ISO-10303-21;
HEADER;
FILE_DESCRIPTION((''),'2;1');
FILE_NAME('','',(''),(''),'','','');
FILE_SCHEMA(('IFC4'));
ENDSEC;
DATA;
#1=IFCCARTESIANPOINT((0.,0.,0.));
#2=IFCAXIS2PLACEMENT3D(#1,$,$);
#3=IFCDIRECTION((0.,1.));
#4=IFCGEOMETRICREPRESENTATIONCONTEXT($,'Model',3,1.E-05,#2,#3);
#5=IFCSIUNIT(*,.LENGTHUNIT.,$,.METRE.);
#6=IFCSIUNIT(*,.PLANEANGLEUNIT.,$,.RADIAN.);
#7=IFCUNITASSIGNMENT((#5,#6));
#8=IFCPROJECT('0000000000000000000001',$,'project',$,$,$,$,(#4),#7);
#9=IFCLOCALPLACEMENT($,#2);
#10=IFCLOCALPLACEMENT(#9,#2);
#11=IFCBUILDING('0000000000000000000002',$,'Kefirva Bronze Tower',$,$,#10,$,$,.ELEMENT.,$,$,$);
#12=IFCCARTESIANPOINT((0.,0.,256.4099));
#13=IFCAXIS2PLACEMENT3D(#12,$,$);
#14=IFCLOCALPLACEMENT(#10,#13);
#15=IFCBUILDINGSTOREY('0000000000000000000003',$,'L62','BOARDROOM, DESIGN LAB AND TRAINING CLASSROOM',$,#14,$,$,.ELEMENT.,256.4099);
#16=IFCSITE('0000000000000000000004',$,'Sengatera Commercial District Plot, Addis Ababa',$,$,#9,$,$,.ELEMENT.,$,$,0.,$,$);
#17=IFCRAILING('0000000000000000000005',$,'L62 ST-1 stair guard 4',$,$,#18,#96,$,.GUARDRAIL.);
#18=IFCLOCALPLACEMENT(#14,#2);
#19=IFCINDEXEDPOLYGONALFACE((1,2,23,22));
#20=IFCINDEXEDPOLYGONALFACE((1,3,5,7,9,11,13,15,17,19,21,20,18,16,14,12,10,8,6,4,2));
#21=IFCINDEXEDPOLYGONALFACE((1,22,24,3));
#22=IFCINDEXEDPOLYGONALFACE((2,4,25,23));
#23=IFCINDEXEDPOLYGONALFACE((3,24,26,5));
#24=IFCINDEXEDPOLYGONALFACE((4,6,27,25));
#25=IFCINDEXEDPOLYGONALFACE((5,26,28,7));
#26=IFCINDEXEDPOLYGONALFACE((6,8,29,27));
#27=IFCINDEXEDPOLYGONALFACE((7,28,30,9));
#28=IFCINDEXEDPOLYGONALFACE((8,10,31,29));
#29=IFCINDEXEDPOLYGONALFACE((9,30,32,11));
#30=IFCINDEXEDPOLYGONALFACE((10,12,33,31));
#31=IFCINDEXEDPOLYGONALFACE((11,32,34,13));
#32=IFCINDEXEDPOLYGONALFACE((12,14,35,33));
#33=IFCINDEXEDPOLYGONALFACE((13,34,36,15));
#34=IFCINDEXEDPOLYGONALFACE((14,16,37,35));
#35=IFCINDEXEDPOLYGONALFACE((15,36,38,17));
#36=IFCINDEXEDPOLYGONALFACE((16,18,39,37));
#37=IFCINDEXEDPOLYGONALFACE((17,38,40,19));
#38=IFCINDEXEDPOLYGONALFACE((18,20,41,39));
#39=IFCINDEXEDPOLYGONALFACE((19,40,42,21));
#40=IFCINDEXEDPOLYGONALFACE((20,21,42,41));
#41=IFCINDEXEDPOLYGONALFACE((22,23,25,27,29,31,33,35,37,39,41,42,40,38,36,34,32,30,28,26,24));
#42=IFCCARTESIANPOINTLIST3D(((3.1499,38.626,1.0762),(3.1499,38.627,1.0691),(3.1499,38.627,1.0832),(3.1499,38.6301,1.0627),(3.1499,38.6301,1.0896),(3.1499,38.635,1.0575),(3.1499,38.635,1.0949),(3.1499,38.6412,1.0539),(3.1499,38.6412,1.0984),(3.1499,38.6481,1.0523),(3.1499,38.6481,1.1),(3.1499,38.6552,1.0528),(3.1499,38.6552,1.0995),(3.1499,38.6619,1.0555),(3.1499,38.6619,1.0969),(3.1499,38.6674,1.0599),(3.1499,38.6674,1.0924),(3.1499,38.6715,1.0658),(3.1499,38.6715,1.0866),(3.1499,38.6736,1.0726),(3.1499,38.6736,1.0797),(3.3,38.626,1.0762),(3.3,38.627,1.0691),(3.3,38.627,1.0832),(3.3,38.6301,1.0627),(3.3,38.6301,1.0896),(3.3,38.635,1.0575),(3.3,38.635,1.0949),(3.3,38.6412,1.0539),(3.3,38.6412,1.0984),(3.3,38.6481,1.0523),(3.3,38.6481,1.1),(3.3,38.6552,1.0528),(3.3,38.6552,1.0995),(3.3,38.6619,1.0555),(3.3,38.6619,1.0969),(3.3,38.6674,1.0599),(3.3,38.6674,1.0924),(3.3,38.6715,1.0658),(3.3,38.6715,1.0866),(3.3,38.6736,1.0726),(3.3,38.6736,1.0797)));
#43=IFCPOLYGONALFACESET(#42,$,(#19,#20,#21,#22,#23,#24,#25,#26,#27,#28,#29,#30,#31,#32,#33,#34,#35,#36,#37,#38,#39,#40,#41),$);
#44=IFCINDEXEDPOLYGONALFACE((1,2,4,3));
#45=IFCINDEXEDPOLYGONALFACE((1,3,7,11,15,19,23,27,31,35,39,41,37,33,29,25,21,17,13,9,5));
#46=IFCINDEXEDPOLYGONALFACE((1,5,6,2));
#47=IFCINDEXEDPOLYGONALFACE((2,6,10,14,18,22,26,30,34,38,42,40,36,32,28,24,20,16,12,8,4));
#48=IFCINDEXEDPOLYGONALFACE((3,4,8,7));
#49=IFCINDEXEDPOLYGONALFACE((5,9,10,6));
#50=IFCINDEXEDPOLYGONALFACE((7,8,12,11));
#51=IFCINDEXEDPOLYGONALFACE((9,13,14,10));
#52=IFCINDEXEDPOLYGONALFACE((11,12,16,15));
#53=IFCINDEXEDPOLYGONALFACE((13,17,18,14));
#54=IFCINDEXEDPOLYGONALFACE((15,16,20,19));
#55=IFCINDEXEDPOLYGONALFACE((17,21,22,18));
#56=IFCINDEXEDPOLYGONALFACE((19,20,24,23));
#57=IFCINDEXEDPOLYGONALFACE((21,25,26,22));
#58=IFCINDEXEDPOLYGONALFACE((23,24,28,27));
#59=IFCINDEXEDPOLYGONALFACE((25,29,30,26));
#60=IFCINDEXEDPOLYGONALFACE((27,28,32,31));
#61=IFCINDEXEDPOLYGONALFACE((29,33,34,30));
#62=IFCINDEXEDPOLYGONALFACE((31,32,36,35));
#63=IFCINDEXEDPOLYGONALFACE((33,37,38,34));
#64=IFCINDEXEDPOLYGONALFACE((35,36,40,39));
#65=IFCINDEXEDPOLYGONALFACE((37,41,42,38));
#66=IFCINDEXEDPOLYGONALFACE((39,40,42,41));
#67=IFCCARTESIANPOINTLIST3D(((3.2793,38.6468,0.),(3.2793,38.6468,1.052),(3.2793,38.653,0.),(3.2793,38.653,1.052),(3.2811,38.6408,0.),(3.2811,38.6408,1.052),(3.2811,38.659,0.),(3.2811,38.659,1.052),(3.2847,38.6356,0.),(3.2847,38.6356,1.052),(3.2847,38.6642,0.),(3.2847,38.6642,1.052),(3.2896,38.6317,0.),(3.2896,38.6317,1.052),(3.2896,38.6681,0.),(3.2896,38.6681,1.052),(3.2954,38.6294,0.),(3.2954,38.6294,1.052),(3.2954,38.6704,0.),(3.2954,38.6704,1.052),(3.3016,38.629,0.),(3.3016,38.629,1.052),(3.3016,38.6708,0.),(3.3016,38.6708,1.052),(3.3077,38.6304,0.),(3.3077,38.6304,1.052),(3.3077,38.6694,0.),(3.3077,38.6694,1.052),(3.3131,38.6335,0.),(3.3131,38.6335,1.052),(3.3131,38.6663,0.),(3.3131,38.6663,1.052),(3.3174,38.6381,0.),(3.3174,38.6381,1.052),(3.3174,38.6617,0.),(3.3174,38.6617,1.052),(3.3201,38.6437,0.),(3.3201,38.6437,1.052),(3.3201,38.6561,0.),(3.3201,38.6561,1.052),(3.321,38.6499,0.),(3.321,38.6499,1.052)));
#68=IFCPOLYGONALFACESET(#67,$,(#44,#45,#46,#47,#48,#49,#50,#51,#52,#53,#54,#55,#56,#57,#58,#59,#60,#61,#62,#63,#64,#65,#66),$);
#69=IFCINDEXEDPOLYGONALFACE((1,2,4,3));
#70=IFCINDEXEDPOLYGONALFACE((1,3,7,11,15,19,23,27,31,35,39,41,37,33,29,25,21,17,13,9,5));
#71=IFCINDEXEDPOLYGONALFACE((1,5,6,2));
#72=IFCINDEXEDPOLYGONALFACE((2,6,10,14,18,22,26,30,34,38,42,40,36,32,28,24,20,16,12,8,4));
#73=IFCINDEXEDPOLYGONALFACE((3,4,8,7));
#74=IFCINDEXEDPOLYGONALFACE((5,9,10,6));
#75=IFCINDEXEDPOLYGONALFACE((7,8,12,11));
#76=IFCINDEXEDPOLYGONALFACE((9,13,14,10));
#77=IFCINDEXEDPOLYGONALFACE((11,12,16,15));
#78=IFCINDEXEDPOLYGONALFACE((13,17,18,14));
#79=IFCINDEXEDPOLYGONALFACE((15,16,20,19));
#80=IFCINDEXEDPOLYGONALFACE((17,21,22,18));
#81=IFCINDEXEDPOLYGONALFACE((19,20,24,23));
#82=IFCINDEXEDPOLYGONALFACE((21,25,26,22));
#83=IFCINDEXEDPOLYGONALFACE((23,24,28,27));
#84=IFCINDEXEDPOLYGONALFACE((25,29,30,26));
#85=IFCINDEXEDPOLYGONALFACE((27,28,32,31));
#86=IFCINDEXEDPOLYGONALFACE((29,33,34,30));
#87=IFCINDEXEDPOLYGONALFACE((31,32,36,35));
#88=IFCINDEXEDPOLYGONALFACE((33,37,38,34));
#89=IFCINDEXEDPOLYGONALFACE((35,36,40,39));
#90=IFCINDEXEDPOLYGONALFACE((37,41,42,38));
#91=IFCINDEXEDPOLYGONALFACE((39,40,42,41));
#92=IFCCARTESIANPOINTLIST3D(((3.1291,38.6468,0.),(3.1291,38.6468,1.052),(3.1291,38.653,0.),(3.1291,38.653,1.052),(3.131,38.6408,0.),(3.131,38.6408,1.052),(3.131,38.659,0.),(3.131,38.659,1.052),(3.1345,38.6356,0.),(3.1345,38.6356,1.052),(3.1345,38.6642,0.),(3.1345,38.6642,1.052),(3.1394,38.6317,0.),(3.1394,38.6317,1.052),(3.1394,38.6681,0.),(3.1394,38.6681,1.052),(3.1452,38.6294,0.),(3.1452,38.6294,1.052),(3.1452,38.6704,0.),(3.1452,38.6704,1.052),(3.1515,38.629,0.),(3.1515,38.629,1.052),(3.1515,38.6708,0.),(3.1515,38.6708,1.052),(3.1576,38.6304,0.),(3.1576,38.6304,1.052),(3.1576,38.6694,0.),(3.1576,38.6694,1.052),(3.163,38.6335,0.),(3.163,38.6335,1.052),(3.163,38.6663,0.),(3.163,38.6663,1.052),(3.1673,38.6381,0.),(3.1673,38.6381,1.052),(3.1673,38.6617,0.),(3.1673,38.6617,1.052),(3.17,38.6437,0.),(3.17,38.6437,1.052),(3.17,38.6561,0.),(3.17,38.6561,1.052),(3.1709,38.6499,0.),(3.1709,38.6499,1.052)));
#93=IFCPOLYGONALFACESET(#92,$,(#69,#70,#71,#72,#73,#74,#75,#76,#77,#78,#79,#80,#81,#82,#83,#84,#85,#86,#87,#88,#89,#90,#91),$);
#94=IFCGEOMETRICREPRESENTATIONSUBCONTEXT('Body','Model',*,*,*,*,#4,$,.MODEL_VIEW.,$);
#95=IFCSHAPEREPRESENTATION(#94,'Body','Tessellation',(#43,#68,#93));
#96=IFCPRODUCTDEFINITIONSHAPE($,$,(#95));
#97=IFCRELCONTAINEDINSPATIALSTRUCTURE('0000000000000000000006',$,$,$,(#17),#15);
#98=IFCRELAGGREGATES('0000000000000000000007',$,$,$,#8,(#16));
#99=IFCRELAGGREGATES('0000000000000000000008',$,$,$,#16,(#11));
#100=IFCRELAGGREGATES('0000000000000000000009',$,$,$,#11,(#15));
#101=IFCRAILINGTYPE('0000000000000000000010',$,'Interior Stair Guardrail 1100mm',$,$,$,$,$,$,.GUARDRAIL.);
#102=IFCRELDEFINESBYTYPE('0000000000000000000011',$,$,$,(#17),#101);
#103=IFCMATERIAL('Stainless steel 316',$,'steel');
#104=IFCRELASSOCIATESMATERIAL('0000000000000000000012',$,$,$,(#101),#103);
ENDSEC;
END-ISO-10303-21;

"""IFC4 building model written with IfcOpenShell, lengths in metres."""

from ifc_helpers import new_model, si_unit, direction, frame, origin, origin_2d, place, context, subcontext, project, spatial, circle, extrude, material, type_object, element, save


model = new_model("IFC4")

# Units and contexts
model_context = context("Model", 3, precision=1e-05, world=origin(), true_north=direction((0.0, 1.0)))
body_context = subcontext(model_context, "Body", "Model", "MODEL_VIEW")
ifc_project = project(units=[si_unit("LENGTHUNIT", "METRE"), si_unit("PLANEANGLEUNIT", "RADIAN")], contexts=[model_context])

# Site, building, storey
site_placement = place(None, origin())
site = spatial("IfcSite", under=ifc_project, at=site_placement, Name="Sengatera Commercial District Plot, Addis Ababa", CompositionType="ELEMENT", RefElevation=0.0)
building_placement = place(site_placement, origin())
building = spatial("IfcBuilding", under=site, at=building_placement, Name="Kefirva Bronze Tower", CompositionType="ELEMENT")
storey_placement = place(building_placement, frame((0.0, 0.0, 256.4099)))
storey = spatial("IfcBuildingStorey", under=building, at=storey_placement, Name="L62", Description="BOARDROOM, DESIGN LAB AND TRAINING CLASSROOM", CompositionType="ELEMENT", Elevation=256.4099)

# Railing
ifc_material_1 = material(Name="Stainless steel 316", Category="steel")
railing_type_1 = type_object("IfcRailingType", Name="Interior Stair Guardrail 1100mm", PredefinedType="GUARDRAIL", material=ifc_material_1)
railing_1_placement = place(storey_placement, frame((3.3, 38.6499, 0.0)))
element("IfcRailing", 1, at=railing_1_placement, inside=storey, type_object=railing_type_1, Name="L62 ST-1 stair guard 4", PredefinedType="GUARDRAIL", context=body_context, shape_type="SweptSolid", body=[
    extrude(circle(Radius=0.0239, at=origin_2d()), frame((0.0, 0.0, 1.0762), z_axis=(-1.0, 0.0, 0.0), x_axis=(0.0, -1.0, 0.0)), (0.0, 0.0, 1.0), 0.1501),
    extrude(circle(Radius=0.021, at=origin_2d()), origin(), (0.0, 0.0, 1.0), 1.052),
    extrude(circle(Radius=0.021, at=origin_2d()), frame((-0.1501, 0.0, 0.0)), (0.0, 0.0, 1.0), 1.052),
])

save(model, "model.ifc")
